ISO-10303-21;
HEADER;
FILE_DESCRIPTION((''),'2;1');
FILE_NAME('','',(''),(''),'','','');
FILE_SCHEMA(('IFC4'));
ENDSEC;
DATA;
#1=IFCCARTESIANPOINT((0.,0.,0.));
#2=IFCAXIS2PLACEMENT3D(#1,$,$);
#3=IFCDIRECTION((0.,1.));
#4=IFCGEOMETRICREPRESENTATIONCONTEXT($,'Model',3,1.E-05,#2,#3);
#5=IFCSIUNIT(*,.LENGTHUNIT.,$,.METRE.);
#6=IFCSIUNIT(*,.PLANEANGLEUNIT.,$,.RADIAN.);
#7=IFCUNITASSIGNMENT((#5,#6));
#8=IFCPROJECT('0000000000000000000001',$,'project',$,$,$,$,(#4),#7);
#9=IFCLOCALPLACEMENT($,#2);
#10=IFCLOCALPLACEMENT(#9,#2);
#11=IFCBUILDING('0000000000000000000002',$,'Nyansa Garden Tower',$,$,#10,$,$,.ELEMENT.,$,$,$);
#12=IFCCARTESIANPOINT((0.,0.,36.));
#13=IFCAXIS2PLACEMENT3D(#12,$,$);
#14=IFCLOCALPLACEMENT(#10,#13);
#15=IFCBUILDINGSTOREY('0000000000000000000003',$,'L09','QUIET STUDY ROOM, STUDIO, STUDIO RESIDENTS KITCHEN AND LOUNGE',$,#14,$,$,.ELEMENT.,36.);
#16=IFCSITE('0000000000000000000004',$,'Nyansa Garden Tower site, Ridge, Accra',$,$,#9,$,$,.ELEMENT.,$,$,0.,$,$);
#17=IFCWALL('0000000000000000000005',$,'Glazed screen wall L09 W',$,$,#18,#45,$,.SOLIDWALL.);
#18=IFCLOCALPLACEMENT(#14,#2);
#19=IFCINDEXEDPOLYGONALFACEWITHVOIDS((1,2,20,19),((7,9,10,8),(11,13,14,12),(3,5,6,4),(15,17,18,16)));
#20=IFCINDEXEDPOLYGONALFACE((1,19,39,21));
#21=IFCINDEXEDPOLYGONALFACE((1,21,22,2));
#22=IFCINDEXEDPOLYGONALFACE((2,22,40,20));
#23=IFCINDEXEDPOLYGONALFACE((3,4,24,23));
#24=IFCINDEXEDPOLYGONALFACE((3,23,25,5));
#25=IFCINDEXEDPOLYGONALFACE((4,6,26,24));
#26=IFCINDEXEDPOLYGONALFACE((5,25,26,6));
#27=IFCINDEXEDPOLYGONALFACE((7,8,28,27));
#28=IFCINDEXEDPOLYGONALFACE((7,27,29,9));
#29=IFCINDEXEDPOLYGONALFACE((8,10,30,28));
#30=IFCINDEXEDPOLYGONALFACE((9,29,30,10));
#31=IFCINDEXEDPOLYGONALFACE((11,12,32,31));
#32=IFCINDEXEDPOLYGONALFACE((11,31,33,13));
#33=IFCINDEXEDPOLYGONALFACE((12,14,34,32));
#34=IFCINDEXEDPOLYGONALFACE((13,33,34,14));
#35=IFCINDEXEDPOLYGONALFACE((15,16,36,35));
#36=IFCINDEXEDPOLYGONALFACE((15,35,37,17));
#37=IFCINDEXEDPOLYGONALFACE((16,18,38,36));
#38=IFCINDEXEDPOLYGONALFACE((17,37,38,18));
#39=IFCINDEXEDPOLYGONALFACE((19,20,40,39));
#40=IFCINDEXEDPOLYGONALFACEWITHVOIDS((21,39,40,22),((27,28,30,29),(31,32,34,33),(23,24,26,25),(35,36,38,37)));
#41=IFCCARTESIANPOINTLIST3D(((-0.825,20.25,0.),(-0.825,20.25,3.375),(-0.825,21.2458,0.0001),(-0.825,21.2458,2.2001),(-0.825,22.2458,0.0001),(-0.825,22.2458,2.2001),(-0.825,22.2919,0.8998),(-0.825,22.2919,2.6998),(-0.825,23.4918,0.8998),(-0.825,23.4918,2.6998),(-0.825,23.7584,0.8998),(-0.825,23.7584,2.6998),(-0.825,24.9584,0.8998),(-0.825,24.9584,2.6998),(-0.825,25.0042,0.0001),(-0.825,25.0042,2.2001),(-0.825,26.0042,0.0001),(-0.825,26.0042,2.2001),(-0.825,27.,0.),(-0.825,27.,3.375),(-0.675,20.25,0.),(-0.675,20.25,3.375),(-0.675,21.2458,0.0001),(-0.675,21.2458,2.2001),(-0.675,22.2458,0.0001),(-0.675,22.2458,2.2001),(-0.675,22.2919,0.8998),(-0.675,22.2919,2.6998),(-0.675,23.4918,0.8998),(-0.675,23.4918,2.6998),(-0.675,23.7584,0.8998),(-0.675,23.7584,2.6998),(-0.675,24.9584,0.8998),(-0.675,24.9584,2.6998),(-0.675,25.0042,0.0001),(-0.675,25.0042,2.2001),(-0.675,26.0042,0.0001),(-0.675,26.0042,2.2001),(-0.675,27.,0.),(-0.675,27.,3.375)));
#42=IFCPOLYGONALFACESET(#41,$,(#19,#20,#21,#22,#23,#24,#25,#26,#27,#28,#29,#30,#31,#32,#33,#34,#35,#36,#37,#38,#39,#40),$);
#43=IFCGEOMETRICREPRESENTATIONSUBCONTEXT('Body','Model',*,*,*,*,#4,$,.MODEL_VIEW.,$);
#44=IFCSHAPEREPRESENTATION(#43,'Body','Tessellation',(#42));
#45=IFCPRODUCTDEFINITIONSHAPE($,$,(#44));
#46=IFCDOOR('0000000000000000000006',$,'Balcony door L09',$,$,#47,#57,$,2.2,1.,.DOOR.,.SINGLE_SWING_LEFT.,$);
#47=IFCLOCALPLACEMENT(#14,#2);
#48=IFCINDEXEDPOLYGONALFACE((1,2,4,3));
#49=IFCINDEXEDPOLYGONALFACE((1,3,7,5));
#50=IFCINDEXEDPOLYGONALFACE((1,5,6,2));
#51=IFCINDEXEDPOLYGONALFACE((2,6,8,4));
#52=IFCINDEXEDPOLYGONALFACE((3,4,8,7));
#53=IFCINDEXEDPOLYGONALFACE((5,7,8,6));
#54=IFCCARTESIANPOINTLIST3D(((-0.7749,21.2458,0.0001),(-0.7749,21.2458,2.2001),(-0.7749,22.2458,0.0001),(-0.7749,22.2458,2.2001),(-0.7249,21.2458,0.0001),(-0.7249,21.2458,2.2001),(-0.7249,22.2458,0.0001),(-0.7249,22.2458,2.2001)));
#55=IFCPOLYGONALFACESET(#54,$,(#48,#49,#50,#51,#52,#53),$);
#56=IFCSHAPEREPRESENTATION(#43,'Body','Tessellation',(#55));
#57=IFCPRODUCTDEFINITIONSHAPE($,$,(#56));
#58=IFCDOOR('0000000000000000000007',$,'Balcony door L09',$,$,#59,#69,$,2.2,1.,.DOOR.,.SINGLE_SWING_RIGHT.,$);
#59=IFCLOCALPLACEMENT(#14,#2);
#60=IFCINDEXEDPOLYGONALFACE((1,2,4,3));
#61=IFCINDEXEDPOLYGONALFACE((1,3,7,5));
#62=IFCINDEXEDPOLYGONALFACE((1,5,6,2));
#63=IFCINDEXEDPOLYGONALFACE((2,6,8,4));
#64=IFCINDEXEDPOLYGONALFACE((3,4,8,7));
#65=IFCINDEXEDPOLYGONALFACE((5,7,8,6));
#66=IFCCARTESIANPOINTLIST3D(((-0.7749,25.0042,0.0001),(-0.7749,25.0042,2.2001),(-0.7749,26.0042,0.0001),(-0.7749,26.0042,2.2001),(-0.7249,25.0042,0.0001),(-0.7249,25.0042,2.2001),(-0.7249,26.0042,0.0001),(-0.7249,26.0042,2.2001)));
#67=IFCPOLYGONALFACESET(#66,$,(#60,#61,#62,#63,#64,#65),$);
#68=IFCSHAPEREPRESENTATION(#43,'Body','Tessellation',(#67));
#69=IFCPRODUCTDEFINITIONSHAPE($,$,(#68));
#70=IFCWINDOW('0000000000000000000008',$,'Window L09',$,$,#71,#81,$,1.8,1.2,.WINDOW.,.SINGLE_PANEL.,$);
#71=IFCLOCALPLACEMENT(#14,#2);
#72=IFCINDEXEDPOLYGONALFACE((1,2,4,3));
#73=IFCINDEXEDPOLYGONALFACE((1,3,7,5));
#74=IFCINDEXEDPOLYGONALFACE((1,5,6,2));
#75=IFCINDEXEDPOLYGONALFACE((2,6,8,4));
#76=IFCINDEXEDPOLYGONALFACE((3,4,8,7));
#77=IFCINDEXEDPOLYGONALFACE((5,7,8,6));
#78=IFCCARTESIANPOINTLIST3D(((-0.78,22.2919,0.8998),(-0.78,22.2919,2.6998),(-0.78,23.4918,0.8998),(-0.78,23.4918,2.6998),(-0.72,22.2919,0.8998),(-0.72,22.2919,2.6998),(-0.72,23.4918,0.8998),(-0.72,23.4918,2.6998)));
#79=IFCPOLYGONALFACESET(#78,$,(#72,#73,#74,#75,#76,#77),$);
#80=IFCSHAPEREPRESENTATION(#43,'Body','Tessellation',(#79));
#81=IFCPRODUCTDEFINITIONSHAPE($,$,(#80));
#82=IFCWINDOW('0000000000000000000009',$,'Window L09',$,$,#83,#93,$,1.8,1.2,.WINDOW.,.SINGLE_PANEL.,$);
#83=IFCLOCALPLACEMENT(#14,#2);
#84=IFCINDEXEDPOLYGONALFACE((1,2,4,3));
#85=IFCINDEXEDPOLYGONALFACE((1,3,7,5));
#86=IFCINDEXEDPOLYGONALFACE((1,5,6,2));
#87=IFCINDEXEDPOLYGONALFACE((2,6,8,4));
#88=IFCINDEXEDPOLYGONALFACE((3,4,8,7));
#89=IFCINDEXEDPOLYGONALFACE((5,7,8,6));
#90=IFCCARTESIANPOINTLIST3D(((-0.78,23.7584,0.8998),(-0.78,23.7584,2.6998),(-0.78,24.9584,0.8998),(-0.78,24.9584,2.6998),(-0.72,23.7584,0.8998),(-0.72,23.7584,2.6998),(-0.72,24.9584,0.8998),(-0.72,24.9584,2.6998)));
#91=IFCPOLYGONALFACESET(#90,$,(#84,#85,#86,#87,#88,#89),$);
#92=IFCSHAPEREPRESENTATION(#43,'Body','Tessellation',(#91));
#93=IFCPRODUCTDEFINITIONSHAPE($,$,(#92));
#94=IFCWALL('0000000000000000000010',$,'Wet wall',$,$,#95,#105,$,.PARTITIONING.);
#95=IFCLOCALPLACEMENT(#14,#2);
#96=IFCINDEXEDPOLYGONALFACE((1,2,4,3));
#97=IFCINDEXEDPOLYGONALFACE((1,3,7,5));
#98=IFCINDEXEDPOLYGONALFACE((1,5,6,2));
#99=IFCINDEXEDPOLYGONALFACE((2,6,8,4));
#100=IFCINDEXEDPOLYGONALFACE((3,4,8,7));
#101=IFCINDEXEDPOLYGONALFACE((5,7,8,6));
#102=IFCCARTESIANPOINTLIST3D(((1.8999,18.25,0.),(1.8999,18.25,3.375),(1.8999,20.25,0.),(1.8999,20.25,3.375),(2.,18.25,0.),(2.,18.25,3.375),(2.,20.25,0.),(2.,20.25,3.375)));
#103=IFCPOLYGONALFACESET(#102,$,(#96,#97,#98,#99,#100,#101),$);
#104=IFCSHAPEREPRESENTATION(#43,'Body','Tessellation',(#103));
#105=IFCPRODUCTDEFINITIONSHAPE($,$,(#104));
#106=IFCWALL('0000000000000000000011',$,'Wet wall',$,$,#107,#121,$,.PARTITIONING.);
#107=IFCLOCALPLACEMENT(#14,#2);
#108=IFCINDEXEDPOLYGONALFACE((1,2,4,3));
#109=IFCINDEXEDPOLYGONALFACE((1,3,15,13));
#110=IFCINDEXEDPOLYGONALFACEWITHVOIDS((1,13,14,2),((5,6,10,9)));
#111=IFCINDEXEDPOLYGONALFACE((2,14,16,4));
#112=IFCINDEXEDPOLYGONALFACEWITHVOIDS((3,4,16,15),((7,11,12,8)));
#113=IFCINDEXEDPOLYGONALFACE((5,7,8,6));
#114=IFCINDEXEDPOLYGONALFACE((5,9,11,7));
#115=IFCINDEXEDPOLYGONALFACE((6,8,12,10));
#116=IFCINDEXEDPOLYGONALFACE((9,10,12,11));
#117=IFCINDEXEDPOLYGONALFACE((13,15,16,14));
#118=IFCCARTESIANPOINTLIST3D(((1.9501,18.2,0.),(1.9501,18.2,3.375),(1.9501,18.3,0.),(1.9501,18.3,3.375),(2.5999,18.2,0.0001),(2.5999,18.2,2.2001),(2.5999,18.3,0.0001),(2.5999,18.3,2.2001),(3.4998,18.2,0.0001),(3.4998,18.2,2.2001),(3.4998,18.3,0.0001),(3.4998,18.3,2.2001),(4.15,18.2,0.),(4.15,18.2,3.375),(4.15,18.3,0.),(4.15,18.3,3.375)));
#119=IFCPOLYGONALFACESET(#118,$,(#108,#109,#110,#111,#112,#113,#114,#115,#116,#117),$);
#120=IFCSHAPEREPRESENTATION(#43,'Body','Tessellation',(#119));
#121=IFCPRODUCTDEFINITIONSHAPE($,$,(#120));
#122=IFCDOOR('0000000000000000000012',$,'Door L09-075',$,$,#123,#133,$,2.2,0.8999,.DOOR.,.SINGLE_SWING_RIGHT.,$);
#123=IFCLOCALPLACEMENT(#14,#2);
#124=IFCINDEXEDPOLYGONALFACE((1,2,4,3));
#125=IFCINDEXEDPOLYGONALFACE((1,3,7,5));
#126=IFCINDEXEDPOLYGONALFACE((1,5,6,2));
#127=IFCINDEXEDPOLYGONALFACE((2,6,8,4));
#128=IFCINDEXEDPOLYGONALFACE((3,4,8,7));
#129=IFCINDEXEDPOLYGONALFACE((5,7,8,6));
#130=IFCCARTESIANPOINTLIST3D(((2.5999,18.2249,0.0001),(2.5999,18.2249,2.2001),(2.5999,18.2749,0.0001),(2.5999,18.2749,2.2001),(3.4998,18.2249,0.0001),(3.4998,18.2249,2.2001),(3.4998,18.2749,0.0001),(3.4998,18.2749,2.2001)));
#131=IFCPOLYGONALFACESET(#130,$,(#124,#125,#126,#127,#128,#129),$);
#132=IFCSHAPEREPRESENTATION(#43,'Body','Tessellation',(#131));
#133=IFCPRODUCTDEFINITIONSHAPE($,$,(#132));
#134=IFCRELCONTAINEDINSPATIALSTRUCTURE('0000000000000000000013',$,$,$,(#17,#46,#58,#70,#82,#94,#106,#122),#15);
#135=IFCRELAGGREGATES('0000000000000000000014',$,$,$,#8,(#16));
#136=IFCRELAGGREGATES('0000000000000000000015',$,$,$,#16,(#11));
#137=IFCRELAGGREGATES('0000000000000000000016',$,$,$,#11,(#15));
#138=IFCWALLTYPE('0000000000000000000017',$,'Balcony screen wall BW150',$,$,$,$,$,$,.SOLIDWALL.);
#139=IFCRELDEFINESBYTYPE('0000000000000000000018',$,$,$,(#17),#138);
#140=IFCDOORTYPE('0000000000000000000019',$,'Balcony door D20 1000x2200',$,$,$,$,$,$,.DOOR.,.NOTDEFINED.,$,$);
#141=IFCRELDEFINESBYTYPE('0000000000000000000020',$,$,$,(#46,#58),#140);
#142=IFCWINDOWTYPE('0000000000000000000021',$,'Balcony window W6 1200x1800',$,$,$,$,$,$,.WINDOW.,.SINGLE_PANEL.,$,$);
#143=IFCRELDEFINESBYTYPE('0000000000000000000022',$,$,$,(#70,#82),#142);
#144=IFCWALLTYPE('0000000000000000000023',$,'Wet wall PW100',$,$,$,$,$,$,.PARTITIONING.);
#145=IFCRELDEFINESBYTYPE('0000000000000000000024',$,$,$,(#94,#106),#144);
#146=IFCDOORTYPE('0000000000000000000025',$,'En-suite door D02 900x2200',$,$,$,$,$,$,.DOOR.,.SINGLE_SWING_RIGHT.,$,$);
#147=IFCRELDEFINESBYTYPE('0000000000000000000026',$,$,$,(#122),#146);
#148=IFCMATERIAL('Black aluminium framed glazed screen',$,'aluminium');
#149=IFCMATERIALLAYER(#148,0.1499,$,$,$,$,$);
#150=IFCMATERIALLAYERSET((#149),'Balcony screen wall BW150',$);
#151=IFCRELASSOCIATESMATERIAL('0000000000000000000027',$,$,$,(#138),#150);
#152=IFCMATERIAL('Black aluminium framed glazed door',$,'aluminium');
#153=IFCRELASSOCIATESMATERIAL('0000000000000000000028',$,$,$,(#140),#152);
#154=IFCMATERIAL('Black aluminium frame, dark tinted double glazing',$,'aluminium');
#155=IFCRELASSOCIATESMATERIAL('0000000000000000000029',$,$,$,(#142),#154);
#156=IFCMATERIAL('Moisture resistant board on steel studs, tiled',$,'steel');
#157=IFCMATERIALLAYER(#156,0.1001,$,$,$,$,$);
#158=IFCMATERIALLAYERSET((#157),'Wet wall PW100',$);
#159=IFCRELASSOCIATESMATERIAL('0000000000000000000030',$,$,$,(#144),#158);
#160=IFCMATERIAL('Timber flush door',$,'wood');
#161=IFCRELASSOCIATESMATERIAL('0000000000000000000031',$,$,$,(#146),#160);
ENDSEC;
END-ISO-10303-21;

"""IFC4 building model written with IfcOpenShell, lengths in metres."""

from ifc_helpers import new_model, si_unit, direction, frame, frame_2d, origin, place, context, subcontext, project, spatial, rectangle, extrude, material, layer, layer_set, type_object, element, fill, save


model = new_model("IFC4")

# Units and contexts
model_context = context("Model", 3, precision=1e-05, world=origin(), true_north=direction((0.0, 1.0)))
body_context = subcontext(model_context, "Body", "Model", "MODEL_VIEW")
ifc_project = project(units=[si_unit("LENGTHUNIT", "METRE"), si_unit("PLANEANGLEUNIT", "RADIAN")], contexts=[model_context])

# Site, building, storey
site_placement = place(None, origin())
site = spatial("IfcSite", under=ifc_project, at=site_placement, Name="Nyansa Garden Tower site, Ridge, Accra", CompositionType="ELEMENT", RefElevation=0.0)
building_placement = place(site_placement, origin())
building = spatial("IfcBuilding", under=site, at=building_placement, Name="Nyansa Garden Tower", CompositionType="ELEMENT")
storey_placement = place(building_placement, frame((0.0, 0.0, 36.0)))
storey = spatial("IfcBuildingStorey", under=building, at=storey_placement, Name="L09", Description="QUIET STUDY ROOM, STUDIO, STUDIO RESIDENTS KITCHEN AND LOUNGE", CompositionType="ELEMENT", Elevation=36.0)

# Wall, openings, doors, windows
ifc_material_1 = material(Name="Black aluminium framed glazed screen", Category="aluminium")
ifc_layer_1 = layer(ifc_material_1, 0.1499)
ifc_layer_set_1 = layer_set([ifc_layer_1], Name="Balcony screen wall BW150")
wall_type_1 = type_object("IfcWallType", Name="Balcony screen wall BW150", PredefinedType="SOLIDWALL", material=ifc_layer_set_1)
wall_1_placement = place(storey_placement, frame((-0.75, 20.25, 0.0), z_axis=(0.0, 0.0, 1.0), x_axis=(0.0, 1.0, 0.0)))
wall_1 = element("IfcWall", 1, at=wall_1_placement, inside=storey, type_object=wall_type_1, Name="Glazed screen wall L09 W", PredefinedType="SOLIDWALL", context=body_context, shape_type="SweptSolid", body=[
    extrude(rectangle(XDim=6.75, YDim=0.1499, at=frame_2d((3.375, 0.0))), origin(), (0.0, 0.0, 1.0), 3.375),
])
opening_1_placement = place(wall_1_placement, frame((0.9958, 0.0, 0.0)))
opening_1 = element("IfcOpeningElement", 2, at=opening_1_placement, cuts=wall_1, PredefinedType="OPENING", context=body_context, shape_type="SweptSolid", body=[
    extrude(rectangle(XDim=1.0, YDim=2.2, at=frame_2d((0.5, 1.1001))), frame((0.0, 0.085, 0.0), z_axis=(0.0, -1.0, 0.0), x_axis=(1.0, 0.0, 0.0)), (0.0, 0.0, 1.0), 0.1699),
])
opening_2_placement = place(wall_1_placement, frame((2.0417, 0.0, 0.8999)))
opening_2 = element("IfcOpeningElement", 3, at=opening_2_placement, cuts=wall_1, PredefinedType="OPENING", context=body_context, shape_type="SweptSolid", body=[
    extrude(rectangle(XDim=1.2, YDim=1.8, at=frame_2d((0.6001, 0.8999))), frame((0.0, 0.085, 0.0), z_axis=(0.0, -1.0, 0.0), x_axis=(1.0, 0.0, 0.0)), (0.0, 0.0, 1.0), 0.1699),
])
opening_3_placement = place(wall_1_placement, frame((4.7542, 0.0, 0.0)))
opening_3 = element("IfcOpeningElement", 4, at=opening_3_placement, cuts=wall_1, PredefinedType="OPENING", context=body_context, shape_type="SweptSolid", body=[
    extrude(rectangle(XDim=1.0, YDim=2.2, at=frame_2d((0.5, 1.1001))), frame((0.0, 0.085, 0.0), z_axis=(0.0, -1.0, 0.0), x_axis=(1.0, 0.0, 0.0)), (0.0, 0.0, 1.0), 0.1699),
])
opening_4_placement = place(wall_1_placement, frame((3.5083, 0.0, 0.8999)))
opening_4 = element("IfcOpeningElement", 5, at=opening_4_placement, cuts=wall_1, PredefinedType="OPENING", context=body_context, shape_type="SweptSolid", body=[
    extrude(rectangle(XDim=1.2, YDim=1.8, at=frame_2d((0.6001, 0.8999))), frame((0.0, 0.085, 0.0), z_axis=(0.0, -1.0, 0.0), x_axis=(1.0, 0.0, 0.0)), (0.0, 0.0, 1.0), 0.1699),
])
ifc_material_2 = material(Name="Black aluminium framed glazed door", Category="aluminium")
door_type_1 = type_object("IfcDoorType", Name="Balcony door D20 1000x2200", OperationType="NOTDEFINED", PredefinedType="DOOR", material=ifc_material_2)
door_1_placement = place(opening_1_placement, origin())
door_1 = element("IfcDoor", 6, at=door_1_placement, inside=storey, type_object=door_type_1, Name="Balcony door L09", OperationType="SINGLE_SWING_LEFT", OverallHeight=2.2, OverallWidth=1.0, PredefinedType="DOOR", context=body_context, shape_type="SweptSolid", body=[
    extrude(rectangle(XDim=1.0, YDim=2.2, at=frame_2d((0.5, 1.1001))), frame((0.0, 0.0249, 0.0), z_axis=(0.0, -1.0, 0.0), x_axis=(1.0, 0.0, 0.0)), (0.0, 0.0, 1.0), 0.05),
])
fill(opening_1, door_1)
door_2_placement = place(opening_3_placement, origin())
door_2 = element("IfcDoor", 7, at=door_2_placement, inside=storey, type_object=door_type_1, Name="Balcony door L09", OperationType="SINGLE_SWING_RIGHT", OverallHeight=2.2, OverallWidth=1.0, PredefinedType="DOOR", context=body_context, shape_type="SweptSolid", body=[
    extrude(rectangle(XDim=1.0, YDim=2.2, at=frame_2d((0.5, 1.1001))), frame((0.0, 0.0249, 0.0), z_axis=(0.0, -1.0, 0.0), x_axis=(1.0, 0.0, 0.0)), (0.0, 0.0, 1.0), 0.05),
])
fill(opening_3, door_2)
ifc_material_3 = material(Name="Black aluminium frame, dark tinted double glazing", Category="aluminium")
window_type = type_object("IfcWindowType", Name="Balcony window W6 1200x1800", PartitioningType="SINGLE_PANEL", PredefinedType="WINDOW", material=ifc_material_3)
window_1_placement = place(opening_2_placement, origin())
window_1 = element("IfcWindow", 8, at=window_1_placement, inside=storey, type_object=window_type, Name="Window L09", OverallHeight=1.8, OverallWidth=1.2, PartitioningType="SINGLE_PANEL", PredefinedType="WINDOW", context=body_context, shape_type="SweptSolid", body=[
    extrude(rectangle(XDim=1.2, YDim=1.8, at=frame_2d((0.6001, 0.8999))), frame((0.0, 0.03, 0.0), z_axis=(0.0, -1.0, 0.0), x_axis=(1.0, 0.0, 0.0)), (0.0, 0.0, 1.0), 0.0601),
])
fill(opening_2, window_1)
window_2_placement = place(opening_4_placement, origin())
window_2 = element("IfcWindow", 9, at=window_2_placement, inside=storey, type_object=window_type, Name="Window L09", OverallHeight=1.8, OverallWidth=1.2, PartitioningType="SINGLE_PANEL", PredefinedType="WINDOW", context=body_context, shape_type="SweptSolid", body=[
    extrude(rectangle(XDim=1.2, YDim=1.8, at=frame_2d((0.6001, 0.8999))), frame((0.0, 0.03, 0.0), z_axis=(0.0, -1.0, 0.0), x_axis=(1.0, 0.0, 0.0)), (0.0, 0.0, 1.0), 0.0601),
])
fill(opening_4, window_2)

# Wall
ifc_material_4 = material(Name="Moisture resistant board on steel studs, tiled", Category="steel")
ifc_layer_2 = layer(ifc_material_4, 0.1001)
ifc_layer_set_2 = layer_set([ifc_layer_2], Name="Wet wall PW100")
wall_type_2 = type_object("IfcWallType", Name="Wet wall PW100", PredefinedType="PARTITIONING", material=ifc_layer_set_2)
wall_2_placement = place(storey_placement, frame((1.95, 18.25, 0.0), z_axis=(0.0, 0.0, 1.0), x_axis=(0.0, 1.0, 0.0)))
element("IfcWall", 10, at=wall_2_placement, inside=storey, type_object=wall_type_2, Name="Wet wall", PredefinedType="PARTITIONING", context=body_context, shape_type="SweptSolid", body=[
    extrude(rectangle(XDim=2.0, YDim=0.1001, at=frame_2d((1.0, 0.0))), origin(), (0.0, 0.0, 1.0), 3.375),
])

# Wall, opening, door
wall_3_placement = place(storey_placement, frame((1.95, 18.25, 0.0), z_axis=(0.0, 0.0, 1.0), x_axis=(1.0, 0.0, 0.0)))
wall_3 = element("IfcWall", 11, at=wall_3_placement, inside=storey, type_object=wall_type_2, Name="Wet wall", PredefinedType="PARTITIONING", context=body_context, shape_type="SweptSolid", body=[
    extrude(rectangle(XDim=2.2, YDim=0.1001, at=frame_2d((1.1001, 0.0))), origin(), (0.0, 0.0, 1.0), 3.375),
])
opening_5_placement = place(wall_3_placement, frame((0.6499, 0.0, 0.0)))
opening_5 = element("IfcOpeningElement", 12, at=opening_5_placement, cuts=wall_3, PredefinedType="OPENING", context=body_context, shape_type="SweptSolid", body=[
    extrude(rectangle(XDim=0.8999, YDim=2.2, at=frame_2d((0.45, 1.1001))), frame((0.0, 0.0601, 0.0), z_axis=(0.0, -1.0, 0.0), x_axis=(1.0, 0.0, 0.0)), (0.0, 0.0, 1.0), 0.1201),
])
ifc_material_5 = material(Name="Timber flush door", Category="wood")
door_type_2 = type_object("IfcDoorType", Name="En-suite door D02 900x2200", OperationType="SINGLE_SWING_RIGHT", PredefinedType="DOOR", material=ifc_material_5)
door_3_placement = place(opening_5_placement, origin())
door_3 = element("IfcDoor", 13, at=door_3_placement, inside=storey, type_object=door_type_2, Name="Door L09-075", OperationType="SINGLE_SWING_RIGHT", OverallHeight=2.2, OverallWidth=0.8999, PredefinedType="DOOR", context=body_context, shape_type="SweptSolid", body=[
    extrude(rectangle(XDim=0.8999, YDim=2.2, at=frame_2d((0.45, 1.1001))), frame((0.0, 0.0249, 0.0), z_axis=(0.0, -1.0, 0.0), x_axis=(1.0, 0.0, 0.0)), (0.0, 0.0, 1.0), 0.05),
])
fill(opening_5, door_3)

save(model, "model.ifc")
